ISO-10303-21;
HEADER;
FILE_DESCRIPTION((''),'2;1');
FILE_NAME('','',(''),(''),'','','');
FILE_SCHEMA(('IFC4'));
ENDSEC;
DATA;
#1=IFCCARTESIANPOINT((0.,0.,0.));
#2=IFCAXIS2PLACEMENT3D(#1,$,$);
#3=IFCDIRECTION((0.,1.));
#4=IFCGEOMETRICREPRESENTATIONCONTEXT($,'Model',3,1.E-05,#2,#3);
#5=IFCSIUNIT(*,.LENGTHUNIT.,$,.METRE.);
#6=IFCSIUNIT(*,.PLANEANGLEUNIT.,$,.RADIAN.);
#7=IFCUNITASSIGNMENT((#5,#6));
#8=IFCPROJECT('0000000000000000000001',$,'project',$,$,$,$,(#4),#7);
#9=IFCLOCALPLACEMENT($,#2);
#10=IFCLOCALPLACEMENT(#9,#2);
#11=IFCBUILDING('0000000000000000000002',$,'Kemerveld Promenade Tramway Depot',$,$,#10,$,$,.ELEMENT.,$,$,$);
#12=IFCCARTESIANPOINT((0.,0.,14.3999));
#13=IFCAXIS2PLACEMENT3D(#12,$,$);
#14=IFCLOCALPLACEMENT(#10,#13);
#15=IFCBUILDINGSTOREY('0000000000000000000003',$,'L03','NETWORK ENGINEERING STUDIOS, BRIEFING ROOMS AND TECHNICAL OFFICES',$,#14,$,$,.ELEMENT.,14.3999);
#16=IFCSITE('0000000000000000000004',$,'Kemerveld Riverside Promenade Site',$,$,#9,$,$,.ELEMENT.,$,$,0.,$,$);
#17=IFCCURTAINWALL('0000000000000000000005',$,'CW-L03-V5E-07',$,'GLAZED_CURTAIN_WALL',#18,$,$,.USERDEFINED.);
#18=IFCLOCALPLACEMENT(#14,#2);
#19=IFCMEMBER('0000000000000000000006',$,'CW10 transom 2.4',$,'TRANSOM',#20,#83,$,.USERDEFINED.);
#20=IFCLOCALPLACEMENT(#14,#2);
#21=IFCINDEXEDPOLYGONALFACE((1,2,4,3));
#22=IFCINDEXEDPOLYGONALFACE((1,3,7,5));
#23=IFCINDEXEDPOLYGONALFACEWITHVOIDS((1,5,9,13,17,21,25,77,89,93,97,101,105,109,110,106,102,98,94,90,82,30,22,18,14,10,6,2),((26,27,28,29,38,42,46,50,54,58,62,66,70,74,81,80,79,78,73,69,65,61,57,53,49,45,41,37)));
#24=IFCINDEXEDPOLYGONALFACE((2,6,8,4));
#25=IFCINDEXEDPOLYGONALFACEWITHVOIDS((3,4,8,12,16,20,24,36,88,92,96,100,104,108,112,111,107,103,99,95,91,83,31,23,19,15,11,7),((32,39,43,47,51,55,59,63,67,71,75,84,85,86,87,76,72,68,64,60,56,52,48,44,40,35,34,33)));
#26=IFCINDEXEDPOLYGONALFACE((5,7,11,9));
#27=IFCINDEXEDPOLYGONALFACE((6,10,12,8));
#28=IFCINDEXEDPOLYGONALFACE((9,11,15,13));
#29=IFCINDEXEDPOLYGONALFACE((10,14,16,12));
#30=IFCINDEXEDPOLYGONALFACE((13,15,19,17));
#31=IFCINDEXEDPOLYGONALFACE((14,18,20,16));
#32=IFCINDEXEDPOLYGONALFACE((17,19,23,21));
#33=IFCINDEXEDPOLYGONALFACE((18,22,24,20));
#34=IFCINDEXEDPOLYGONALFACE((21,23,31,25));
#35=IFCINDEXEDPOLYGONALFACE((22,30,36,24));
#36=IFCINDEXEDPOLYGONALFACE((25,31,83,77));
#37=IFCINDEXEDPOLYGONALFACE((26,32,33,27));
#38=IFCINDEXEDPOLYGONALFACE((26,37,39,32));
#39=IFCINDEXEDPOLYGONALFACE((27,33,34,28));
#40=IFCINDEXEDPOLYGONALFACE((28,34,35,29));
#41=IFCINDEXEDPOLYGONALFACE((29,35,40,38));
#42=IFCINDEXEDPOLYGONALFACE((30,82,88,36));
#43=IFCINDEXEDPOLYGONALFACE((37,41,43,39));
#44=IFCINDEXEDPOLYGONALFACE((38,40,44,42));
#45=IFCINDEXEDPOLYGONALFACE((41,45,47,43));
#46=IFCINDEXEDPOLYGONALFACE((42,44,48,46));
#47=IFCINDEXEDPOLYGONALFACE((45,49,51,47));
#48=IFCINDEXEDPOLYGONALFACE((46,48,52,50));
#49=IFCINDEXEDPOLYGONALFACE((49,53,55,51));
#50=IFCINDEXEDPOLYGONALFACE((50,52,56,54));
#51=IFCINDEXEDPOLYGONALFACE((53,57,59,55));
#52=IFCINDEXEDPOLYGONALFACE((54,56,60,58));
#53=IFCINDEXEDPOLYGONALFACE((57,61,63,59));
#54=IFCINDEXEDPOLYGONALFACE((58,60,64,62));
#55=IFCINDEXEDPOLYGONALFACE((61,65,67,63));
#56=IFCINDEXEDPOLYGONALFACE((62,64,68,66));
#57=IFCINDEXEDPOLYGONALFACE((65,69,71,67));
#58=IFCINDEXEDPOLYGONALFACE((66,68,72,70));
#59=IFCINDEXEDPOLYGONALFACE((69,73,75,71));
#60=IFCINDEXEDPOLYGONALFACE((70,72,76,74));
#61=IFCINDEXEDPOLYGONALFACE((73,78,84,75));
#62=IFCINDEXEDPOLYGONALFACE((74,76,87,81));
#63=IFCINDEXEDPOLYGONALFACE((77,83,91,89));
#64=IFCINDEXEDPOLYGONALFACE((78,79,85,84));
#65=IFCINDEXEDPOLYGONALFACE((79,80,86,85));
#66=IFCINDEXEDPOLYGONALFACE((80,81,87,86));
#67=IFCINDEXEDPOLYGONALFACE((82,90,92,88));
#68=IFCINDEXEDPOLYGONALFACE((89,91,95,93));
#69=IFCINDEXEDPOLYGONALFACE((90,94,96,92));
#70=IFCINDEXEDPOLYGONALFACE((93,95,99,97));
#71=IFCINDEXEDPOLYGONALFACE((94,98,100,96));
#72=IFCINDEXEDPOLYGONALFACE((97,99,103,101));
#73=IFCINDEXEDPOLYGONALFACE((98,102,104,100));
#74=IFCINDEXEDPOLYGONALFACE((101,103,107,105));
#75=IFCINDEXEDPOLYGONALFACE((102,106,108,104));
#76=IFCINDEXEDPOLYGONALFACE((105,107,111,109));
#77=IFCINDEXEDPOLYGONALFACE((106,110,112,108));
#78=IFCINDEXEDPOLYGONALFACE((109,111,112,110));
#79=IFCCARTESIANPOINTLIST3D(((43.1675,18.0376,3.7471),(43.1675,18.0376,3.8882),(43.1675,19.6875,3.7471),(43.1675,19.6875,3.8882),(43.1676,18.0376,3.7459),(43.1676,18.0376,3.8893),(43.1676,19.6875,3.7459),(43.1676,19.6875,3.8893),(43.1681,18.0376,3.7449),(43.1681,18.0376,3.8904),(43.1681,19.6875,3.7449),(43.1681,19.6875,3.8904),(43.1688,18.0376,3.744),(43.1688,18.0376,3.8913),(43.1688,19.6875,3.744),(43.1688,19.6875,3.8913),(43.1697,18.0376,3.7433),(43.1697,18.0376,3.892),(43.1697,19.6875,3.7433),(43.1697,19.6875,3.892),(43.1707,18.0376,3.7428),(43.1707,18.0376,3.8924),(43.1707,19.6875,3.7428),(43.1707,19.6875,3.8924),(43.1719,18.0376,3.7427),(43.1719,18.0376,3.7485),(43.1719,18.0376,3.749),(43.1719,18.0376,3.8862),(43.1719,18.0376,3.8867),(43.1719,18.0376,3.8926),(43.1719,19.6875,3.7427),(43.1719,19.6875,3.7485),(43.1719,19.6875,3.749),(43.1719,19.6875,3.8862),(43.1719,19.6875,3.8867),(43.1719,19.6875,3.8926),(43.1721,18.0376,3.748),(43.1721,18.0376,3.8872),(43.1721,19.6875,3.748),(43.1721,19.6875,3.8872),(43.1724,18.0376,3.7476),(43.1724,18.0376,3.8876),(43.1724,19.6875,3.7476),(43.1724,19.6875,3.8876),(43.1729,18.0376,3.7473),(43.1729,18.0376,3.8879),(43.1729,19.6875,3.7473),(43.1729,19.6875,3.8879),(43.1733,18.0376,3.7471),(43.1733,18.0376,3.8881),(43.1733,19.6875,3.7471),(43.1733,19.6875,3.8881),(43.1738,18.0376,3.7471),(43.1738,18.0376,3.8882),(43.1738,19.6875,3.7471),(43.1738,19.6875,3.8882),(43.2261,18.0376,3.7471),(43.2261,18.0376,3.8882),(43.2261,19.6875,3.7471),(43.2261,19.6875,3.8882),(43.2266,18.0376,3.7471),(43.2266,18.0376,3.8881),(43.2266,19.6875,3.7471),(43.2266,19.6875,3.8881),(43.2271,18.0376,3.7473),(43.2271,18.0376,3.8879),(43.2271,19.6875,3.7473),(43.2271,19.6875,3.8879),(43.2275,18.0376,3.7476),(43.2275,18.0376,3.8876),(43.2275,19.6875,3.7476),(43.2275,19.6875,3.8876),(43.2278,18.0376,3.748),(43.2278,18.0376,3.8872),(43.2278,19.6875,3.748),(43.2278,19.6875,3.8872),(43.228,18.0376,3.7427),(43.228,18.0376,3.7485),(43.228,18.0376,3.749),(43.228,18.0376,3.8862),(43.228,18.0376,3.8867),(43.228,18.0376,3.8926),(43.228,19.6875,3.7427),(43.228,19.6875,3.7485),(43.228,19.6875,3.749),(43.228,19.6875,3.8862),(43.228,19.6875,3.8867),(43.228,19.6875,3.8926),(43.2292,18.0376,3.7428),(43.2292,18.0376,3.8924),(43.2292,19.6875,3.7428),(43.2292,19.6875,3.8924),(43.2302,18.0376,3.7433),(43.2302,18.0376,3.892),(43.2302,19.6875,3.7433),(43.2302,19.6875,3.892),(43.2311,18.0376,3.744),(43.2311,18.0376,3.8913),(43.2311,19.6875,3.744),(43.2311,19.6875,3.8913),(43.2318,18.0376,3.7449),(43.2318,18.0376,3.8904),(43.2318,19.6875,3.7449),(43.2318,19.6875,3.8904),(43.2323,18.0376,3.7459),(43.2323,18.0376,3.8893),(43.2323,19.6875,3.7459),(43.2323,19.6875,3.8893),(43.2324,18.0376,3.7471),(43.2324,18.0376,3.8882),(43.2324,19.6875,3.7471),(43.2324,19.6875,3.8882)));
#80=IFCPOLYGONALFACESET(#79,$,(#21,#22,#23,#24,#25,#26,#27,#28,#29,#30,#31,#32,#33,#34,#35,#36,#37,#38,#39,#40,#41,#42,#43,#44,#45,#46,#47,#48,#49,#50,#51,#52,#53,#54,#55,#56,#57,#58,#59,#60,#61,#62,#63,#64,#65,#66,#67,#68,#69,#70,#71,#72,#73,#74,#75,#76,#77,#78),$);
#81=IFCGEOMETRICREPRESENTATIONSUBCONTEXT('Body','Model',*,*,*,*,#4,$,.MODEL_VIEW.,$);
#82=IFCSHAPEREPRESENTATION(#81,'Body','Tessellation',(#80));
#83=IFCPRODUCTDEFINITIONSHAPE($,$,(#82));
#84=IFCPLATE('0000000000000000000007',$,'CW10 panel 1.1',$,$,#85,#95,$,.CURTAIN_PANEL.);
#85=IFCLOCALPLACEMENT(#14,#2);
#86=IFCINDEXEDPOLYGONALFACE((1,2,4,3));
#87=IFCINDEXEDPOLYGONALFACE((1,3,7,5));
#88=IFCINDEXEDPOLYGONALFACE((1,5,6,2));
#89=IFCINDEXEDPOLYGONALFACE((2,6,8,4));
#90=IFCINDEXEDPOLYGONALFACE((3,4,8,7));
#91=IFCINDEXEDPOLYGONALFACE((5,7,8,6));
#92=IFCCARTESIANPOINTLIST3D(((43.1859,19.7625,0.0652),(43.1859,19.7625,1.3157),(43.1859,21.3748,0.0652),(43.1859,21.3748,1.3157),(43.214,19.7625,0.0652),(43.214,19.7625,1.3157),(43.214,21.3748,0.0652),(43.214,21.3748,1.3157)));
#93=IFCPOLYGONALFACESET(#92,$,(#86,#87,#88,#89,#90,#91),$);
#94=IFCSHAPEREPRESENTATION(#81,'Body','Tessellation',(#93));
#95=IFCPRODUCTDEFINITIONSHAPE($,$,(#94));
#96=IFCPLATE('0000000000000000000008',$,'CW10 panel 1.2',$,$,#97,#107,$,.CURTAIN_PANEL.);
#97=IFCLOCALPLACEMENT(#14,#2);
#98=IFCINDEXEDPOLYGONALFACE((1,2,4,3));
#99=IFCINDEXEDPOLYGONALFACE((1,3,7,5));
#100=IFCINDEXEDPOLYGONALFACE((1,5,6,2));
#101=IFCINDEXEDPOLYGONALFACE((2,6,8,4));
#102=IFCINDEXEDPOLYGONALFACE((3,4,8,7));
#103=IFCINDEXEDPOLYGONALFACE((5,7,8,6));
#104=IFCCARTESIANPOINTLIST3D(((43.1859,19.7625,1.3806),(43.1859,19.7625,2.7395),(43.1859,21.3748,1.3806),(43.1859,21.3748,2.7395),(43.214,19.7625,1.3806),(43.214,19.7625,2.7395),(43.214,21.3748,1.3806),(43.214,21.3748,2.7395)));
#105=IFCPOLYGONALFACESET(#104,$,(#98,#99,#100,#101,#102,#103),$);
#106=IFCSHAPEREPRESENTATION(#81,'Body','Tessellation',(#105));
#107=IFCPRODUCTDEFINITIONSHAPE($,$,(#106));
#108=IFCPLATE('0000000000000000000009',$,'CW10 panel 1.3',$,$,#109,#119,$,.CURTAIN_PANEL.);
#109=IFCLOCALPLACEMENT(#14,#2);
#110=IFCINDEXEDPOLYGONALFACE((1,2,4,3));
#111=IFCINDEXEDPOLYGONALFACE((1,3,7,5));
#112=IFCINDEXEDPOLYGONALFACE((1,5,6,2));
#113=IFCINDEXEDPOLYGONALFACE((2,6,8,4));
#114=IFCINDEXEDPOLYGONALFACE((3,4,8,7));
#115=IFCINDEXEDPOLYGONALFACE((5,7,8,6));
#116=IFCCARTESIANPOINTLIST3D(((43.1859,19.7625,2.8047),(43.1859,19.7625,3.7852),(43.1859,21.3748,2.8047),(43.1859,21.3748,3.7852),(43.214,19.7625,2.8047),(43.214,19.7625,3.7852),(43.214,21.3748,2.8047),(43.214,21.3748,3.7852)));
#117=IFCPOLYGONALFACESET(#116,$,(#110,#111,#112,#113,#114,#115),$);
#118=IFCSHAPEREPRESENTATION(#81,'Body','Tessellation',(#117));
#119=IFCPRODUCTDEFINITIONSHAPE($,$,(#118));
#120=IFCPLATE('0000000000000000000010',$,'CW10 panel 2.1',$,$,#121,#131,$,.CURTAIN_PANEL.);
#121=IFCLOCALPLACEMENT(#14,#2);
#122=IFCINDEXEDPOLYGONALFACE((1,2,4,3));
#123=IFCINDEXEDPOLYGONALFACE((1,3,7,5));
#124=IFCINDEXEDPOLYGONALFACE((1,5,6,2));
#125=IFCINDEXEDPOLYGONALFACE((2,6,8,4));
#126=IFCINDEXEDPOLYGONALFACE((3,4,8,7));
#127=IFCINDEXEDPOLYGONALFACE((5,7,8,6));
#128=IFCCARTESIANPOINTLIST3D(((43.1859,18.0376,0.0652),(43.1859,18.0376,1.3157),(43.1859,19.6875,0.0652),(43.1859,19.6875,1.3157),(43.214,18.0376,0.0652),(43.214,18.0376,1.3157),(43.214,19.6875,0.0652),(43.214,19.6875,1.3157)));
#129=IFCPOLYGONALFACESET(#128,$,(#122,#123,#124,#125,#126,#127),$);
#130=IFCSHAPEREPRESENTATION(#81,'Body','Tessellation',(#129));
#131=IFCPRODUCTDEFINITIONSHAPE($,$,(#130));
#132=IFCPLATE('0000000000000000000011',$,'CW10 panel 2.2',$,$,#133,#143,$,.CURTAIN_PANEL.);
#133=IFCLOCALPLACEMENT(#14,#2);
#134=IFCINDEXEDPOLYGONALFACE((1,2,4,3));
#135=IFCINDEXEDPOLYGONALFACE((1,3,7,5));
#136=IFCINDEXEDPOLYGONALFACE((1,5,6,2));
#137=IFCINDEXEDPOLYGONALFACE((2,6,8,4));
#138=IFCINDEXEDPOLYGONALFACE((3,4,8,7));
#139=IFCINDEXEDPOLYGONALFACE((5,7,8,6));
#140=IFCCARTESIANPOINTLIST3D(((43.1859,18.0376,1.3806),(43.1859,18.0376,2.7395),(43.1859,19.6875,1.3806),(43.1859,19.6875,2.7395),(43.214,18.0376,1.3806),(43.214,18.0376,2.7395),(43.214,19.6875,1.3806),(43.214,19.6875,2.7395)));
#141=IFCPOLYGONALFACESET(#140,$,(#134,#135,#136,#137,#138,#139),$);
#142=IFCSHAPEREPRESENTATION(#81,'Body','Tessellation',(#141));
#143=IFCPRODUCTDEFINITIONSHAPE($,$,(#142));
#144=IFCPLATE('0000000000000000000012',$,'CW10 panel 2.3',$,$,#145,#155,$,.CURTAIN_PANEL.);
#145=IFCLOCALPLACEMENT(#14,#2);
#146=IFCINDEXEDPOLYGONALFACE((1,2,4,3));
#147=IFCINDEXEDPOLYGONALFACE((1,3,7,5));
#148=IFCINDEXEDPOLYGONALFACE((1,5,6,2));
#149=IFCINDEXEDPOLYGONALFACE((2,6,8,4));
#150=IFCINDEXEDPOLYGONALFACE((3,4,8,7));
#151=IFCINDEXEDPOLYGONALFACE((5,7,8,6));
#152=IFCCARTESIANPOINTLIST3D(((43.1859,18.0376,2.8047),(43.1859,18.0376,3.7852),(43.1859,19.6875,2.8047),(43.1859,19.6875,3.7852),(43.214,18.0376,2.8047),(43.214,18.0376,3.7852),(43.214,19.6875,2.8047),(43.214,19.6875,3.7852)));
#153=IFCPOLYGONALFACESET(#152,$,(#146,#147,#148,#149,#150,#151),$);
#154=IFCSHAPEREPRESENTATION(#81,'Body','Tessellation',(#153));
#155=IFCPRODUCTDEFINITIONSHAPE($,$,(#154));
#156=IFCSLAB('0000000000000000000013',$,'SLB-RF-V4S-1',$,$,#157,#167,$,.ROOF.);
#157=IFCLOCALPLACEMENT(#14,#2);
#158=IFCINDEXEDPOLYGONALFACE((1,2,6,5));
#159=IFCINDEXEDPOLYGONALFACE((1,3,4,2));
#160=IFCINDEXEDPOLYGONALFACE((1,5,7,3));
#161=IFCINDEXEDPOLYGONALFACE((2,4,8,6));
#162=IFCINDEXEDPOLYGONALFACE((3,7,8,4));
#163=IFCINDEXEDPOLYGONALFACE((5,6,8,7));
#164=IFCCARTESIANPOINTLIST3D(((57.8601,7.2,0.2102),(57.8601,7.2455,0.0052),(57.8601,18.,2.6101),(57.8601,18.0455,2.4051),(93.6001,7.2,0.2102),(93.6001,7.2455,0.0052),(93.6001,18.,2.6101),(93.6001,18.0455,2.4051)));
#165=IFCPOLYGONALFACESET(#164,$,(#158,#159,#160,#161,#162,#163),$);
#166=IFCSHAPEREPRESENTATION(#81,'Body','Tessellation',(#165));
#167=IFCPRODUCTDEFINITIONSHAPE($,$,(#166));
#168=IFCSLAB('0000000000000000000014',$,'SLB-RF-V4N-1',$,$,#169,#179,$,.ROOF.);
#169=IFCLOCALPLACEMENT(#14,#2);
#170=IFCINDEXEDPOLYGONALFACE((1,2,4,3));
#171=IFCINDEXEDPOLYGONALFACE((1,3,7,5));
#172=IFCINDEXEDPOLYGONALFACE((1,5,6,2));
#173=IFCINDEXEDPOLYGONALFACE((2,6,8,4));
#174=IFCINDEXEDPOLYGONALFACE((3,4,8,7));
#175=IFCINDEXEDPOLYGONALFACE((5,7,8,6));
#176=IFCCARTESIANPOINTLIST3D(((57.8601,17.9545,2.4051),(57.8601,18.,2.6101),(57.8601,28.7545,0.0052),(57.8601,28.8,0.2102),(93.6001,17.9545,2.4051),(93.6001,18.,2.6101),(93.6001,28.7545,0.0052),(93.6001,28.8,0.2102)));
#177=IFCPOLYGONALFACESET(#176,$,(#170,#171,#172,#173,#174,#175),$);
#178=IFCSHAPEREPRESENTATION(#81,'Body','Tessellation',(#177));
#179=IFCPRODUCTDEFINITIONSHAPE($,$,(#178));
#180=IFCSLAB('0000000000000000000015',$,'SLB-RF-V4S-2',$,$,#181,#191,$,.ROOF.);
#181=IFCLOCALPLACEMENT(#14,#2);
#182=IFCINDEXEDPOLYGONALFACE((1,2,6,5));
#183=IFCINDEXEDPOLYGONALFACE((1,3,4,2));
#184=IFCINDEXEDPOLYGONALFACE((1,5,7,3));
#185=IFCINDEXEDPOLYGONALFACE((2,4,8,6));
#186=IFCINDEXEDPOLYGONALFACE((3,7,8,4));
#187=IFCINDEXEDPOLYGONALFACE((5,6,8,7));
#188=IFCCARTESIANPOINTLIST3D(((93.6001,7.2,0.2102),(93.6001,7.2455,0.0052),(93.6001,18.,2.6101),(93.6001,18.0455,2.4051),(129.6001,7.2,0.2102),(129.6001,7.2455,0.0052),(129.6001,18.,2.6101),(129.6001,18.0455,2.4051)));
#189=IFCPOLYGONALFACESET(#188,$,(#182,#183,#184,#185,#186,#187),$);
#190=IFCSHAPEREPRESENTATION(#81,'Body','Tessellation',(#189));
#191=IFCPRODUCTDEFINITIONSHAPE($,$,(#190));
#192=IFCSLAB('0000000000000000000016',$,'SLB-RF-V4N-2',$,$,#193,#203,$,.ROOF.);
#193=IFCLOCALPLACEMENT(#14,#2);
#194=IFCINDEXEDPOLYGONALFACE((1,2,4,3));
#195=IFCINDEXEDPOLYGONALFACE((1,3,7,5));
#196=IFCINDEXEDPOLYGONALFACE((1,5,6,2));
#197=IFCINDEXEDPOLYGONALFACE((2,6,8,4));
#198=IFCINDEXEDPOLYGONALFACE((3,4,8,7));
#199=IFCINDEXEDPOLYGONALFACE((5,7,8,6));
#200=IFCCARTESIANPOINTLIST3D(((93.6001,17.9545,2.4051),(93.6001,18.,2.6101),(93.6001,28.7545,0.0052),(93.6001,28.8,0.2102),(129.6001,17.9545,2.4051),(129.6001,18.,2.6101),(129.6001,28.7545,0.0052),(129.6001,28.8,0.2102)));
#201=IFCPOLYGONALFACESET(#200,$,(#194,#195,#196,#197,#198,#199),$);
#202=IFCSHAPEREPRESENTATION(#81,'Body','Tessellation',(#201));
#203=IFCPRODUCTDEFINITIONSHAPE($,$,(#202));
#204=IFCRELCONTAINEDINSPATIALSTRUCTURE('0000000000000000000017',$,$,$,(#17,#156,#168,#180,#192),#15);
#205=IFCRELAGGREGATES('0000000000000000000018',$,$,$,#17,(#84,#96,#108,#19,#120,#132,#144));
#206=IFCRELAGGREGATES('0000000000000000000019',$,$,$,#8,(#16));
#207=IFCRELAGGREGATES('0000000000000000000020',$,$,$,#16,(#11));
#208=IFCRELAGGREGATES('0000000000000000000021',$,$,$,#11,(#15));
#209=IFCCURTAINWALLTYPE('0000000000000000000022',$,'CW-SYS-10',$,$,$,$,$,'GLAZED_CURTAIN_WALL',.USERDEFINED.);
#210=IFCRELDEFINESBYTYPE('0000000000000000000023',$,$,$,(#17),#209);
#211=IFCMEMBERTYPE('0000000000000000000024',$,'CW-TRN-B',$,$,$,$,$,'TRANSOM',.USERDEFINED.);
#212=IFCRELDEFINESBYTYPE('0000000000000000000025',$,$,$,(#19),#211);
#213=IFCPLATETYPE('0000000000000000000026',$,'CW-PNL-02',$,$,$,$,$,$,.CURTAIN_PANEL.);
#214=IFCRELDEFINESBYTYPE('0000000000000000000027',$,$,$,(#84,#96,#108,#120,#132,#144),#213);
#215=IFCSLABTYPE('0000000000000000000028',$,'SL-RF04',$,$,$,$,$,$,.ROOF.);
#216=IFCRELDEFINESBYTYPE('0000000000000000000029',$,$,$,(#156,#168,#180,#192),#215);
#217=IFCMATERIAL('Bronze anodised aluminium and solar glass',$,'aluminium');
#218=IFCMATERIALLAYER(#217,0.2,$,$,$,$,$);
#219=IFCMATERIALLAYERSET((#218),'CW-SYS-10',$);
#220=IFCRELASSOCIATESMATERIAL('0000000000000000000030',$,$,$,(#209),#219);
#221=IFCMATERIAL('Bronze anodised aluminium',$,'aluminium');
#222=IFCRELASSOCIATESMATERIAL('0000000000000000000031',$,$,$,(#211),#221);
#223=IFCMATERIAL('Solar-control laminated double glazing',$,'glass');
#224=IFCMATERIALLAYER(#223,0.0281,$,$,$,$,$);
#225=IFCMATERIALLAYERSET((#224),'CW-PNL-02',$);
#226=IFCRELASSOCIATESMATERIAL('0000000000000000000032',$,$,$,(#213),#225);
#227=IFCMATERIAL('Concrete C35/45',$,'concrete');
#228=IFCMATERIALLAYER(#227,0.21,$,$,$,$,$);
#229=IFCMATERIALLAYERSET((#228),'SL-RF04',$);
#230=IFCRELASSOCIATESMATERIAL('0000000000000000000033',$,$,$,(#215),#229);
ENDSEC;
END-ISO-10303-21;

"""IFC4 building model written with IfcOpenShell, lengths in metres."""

from ifc_helpers import new_model, si_unit, direction, frame, origin, origin_2d, place, context, subcontext, project, spatial, polyline, rectangle, hollow_rectangle, outline, extrude, material, layer, layer_set, material_profile, profile_set, type_object, element, aggregate, save


model = new_model("IFC4")

# Units and contexts
model_context = context("Model", 3, precision=1e-05, world=origin(), true_north=direction((0.0, 1.0)))
body_context = subcontext(model_context, "Body", "Model", "MODEL_VIEW")
ifc_project = project(units=[si_unit("LENGTHUNIT", "METRE"), si_unit("PLANEANGLEUNIT", "RADIAN")], contexts=[model_context])

# Site, building, storey
site_placement = place(None, origin())
site = spatial("IfcSite", under=ifc_project, at=site_placement, Name="Kemerveld Riverside Promenade Site", CompositionType="ELEMENT", RefElevation=0.0)
building_placement = place(site_placement, origin())
building = spatial("IfcBuilding", under=site, at=building_placement, Name="Kemerveld Promenade Tramway Depot", CompositionType="ELEMENT")
storey_placement = place(building_placement, frame((0.0, 0.0, 14.3999)))
storey = spatial("IfcBuildingStorey", under=building, at=storey_placement, Name="L03", Description="NETWORK ENGINEERING STUDIOS, BRIEFING ROOMS AND TECHNICAL OFFICES", CompositionType="ELEMENT", Elevation=14.3999)

# Curtain wall, member, plates
ifc_material_1 = material(Name="Bronze anodised aluminium and solar glass", Category="aluminium")
ifc_layer_1 = layer(ifc_material_1, 0.2)
ifc_layer_set_1 = layer_set([ifc_layer_1], Name="CW-SYS-10")
curtain_wall_type = type_object("IfcCurtainWallType", Name="CW-SYS-10", ElementType="GLAZED_CURTAIN_WALL", PredefinedType="USERDEFINED", material=ifc_layer_set_1)
curtain_wall_placement = place(storey_placement, origin())
curtain_wall = element("IfcCurtainWall", 1, at=curtain_wall_placement, inside=storey, type_object=curtain_wall_type, Name="CW-L03-V5E-07", ObjectType="GLAZED_CURTAIN_WALL", PredefinedType="USERDEFINED")
ifc_material_2 = material(Name="Bronze anodised aluminium", Category="aluminium")
ifc_material_profile_1 = material_profile(ifc_material_2, hollow_rectangle(XDim=0.0649, YDim=0.1499, WallThickness=0.0044, InnerFilletRadius=0.002, OuterFilletRadius=0.0044, at=origin_2d()), Name="CW-TRN-150x65")
ifc_profile_set_1 = profile_set([ifc_material_profile_1], Name="Bronze anodised aluminium")
member_type_1 = type_object("IfcMemberType", Name="CW-TRN-B", ElementType="TRANSOM", PredefinedType="USERDEFINED", material=ifc_profile_set_1)
member_1_placement = place(storey_placement, frame((43.2, 19.6875, 3.8176), z_axis=(0.0, -1.0, 0.0), x_axis=(1.0, 0.0, 0.0)))
member_1 = element("IfcMember", 2, at=member_1_placement, type_object=member_type_1, Name="CW10 transom 2.4", ObjectType="TRANSOM", PredefinedType="USERDEFINED", context=body_context, shape_type="SweptSolid", body=[
    extrude(hollow_rectangle(XDim=0.0649, YDim=0.1499, WallThickness=0.0044, InnerFilletRadius=0.002, OuterFilletRadius=0.0044, at=origin_2d()), origin(), (0.0, 0.0, 1.0), 1.6499),
])
ifc_material_3 = material(Name="Solar-control laminated double glazing", Category="glass")
ifc_layer_2 = layer(ifc_material_3, 0.0281)
ifc_layer_set_2 = layer_set([ifc_layer_2], Name="CW-PNL-02")
plate_type = type_object("IfcPlateType", Name="CW-PNL-02", PredefinedType="CURTAIN_PANEL", material=ifc_layer_set_2)
plate_1_placement = place(storey_placement, frame((43.2, 20.5686, 0.0652), z_axis=(0.0, 0.0, 1.0), x_axis=(0.0, -1.0, 0.0)))
plate_1 = element("IfcPlate", 3, at=plate_1_placement, type_object=plate_type, Name="CW10 panel 1.1", PredefinedType="CURTAIN_PANEL", context=body_context, shape_type="SweptSolid", body=[
    extrude(rectangle(XDim=1.6123, YDim=0.0281, at=origin_2d()), origin(), (0.0, 0.0, 1.0), 1.2505),
])
plate_2_placement = place(storey_placement, frame((43.2, 20.5686, 1.3806), z_axis=(0.0, 0.0, 1.0), x_axis=(0.0, -1.0, 0.0)))
plate_2 = element("IfcPlate", 4, at=plate_2_placement, type_object=plate_type, Name="CW10 panel 1.2", PredefinedType="CURTAIN_PANEL", context=body_context, shape_type="SweptSolid", body=[
    extrude(rectangle(XDim=1.6123, YDim=0.0281, at=origin_2d()), origin(), (0.0, 0.0, 1.0), 1.3589),
])
plate_3_placement = place(storey_placement, frame((43.2, 20.5686, 2.8047), z_axis=(0.0, 0.0, 1.0), x_axis=(0.0, -1.0, 0.0)))
plate_3 = element("IfcPlate", 5, at=plate_3_placement, type_object=plate_type, Name="CW10 panel 1.3", PredefinedType="CURTAIN_PANEL", context=body_context, shape_type="SweptSolid", body=[
    extrude(rectangle(XDim=1.6123, YDim=0.0281, at=origin_2d()), origin(), (0.0, 0.0, 1.0), 0.9805),
])
plate_4_placement = place(storey_placement, frame((43.2, 18.8625, 0.0652), z_axis=(0.0, 0.0, 1.0), x_axis=(0.0, -1.0, 0.0)))
plate_4 = element("IfcPlate", 6, at=plate_4_placement, type_object=plate_type, Name="CW10 panel 2.1", PredefinedType="CURTAIN_PANEL", context=body_context, shape_type="SweptSolid", body=[
    extrude(rectangle(XDim=1.6499, YDim=0.0281, at=origin_2d()), origin(), (0.0, 0.0, 1.0), 1.2505),
])
plate_5_placement = place(storey_placement, frame((43.2, 18.8625, 1.3806), z_axis=(0.0, 0.0, 1.0), x_axis=(0.0, -1.0, 0.0)))
plate_5 = element("IfcPlate", 7, at=plate_5_placement, type_object=plate_type, Name="CW10 panel 2.2", PredefinedType="CURTAIN_PANEL", context=body_context, shape_type="SweptSolid", body=[
    extrude(rectangle(XDim=1.6499, YDim=0.0281, at=origin_2d()), origin(), (0.0, 0.0, 1.0), 1.3589),
])
plate_6_placement = place(storey_placement, frame((43.2, 18.8625, 2.8047), z_axis=(0.0, 0.0, 1.0), x_axis=(0.0, -1.0, 0.0)))
plate_6 = element("IfcPlate", 8, at=plate_6_placement, type_object=plate_type, Name="CW10 panel 2.3", PredefinedType="CURTAIN_PANEL", context=body_context, shape_type="SweptSolid", body=[
    extrude(rectangle(XDim=1.6499, YDim=0.0281, at=origin_2d()), origin(), (0.0, 0.0, 1.0), 0.9805),
])
aggregate(curtain_wall, [plate_1, plate_2, plate_3, member_1, plate_4, plate_5, plate_6])

# Slabs
ifc_material_4 = material(Name="Concrete C35/45", Category="concrete")
ifc_layer_3 = layer(ifc_material_4, 0.21)
ifc_layer_set_3 = layer_set([ifc_layer_3], Name="SL-RF04")
slab_type = type_object("IfcSlabType", Name="SL-RF04", PredefinedType="ROOF", material=ifc_layer_set_3)
for number, where, z_axis, x_axis, name in (
    (9, (57.8601, 7.2, 0.2102), (0.0, -0.216921, 0.976189), (1.0, 0.0, 0.0), "SLB-RF-V4S-1"),
    (10, (57.8601, 18.0, 2.6101), (0.0, 0.216921, 0.976189), (1.0, 0.0, 0.0), "SLB-RF-V4N-1"),
):
    element("IfcSlab", number, at=place(storey_placement, frame(where, z_axis=z_axis, x_axis=x_axis)), inside=storey, type_object=slab_type, Name=name, PredefinedType="ROOF", context=body_context, shape_type="SweptSolid", body=[
        extrude(outline(polyline([(0.0, 0.0), (35.74, 0.0), (35.74, 11.0635), (0.0, 11.0635), (0.0, 0.0)])), origin(), (0.0, 0.0, -1.0), 0.21),
    ])
for number, where, z_axis, x_axis, name in (
    (11, (93.6001, 7.2, 0.2102), (0.0, -0.216921, 0.976189), (1.0, 0.0, 0.0), "SLB-RF-V4S-2"),
    (12, (93.6001, 18.0, 2.6101), (0.0, 0.216921, 0.976189), (1.0, 0.0, 0.0), "SLB-RF-V4N-2"),
):
    element("IfcSlab", number, at=place(storey_placement, frame(where, z_axis=z_axis, x_axis=x_axis)), inside=storey, type_object=slab_type, Name=name, PredefinedType="ROOF", context=body_context, shape_type="SweptSolid", body=[
        extrude(outline(polyline([(0.0, 0.0), (36.0, 0.0), (36.0, 11.0635), (0.0, 11.0635), (0.0, 0.0)])), origin(), (0.0, 0.0, -1.0), 0.21),
    ])

save(model, "model.ifc")
